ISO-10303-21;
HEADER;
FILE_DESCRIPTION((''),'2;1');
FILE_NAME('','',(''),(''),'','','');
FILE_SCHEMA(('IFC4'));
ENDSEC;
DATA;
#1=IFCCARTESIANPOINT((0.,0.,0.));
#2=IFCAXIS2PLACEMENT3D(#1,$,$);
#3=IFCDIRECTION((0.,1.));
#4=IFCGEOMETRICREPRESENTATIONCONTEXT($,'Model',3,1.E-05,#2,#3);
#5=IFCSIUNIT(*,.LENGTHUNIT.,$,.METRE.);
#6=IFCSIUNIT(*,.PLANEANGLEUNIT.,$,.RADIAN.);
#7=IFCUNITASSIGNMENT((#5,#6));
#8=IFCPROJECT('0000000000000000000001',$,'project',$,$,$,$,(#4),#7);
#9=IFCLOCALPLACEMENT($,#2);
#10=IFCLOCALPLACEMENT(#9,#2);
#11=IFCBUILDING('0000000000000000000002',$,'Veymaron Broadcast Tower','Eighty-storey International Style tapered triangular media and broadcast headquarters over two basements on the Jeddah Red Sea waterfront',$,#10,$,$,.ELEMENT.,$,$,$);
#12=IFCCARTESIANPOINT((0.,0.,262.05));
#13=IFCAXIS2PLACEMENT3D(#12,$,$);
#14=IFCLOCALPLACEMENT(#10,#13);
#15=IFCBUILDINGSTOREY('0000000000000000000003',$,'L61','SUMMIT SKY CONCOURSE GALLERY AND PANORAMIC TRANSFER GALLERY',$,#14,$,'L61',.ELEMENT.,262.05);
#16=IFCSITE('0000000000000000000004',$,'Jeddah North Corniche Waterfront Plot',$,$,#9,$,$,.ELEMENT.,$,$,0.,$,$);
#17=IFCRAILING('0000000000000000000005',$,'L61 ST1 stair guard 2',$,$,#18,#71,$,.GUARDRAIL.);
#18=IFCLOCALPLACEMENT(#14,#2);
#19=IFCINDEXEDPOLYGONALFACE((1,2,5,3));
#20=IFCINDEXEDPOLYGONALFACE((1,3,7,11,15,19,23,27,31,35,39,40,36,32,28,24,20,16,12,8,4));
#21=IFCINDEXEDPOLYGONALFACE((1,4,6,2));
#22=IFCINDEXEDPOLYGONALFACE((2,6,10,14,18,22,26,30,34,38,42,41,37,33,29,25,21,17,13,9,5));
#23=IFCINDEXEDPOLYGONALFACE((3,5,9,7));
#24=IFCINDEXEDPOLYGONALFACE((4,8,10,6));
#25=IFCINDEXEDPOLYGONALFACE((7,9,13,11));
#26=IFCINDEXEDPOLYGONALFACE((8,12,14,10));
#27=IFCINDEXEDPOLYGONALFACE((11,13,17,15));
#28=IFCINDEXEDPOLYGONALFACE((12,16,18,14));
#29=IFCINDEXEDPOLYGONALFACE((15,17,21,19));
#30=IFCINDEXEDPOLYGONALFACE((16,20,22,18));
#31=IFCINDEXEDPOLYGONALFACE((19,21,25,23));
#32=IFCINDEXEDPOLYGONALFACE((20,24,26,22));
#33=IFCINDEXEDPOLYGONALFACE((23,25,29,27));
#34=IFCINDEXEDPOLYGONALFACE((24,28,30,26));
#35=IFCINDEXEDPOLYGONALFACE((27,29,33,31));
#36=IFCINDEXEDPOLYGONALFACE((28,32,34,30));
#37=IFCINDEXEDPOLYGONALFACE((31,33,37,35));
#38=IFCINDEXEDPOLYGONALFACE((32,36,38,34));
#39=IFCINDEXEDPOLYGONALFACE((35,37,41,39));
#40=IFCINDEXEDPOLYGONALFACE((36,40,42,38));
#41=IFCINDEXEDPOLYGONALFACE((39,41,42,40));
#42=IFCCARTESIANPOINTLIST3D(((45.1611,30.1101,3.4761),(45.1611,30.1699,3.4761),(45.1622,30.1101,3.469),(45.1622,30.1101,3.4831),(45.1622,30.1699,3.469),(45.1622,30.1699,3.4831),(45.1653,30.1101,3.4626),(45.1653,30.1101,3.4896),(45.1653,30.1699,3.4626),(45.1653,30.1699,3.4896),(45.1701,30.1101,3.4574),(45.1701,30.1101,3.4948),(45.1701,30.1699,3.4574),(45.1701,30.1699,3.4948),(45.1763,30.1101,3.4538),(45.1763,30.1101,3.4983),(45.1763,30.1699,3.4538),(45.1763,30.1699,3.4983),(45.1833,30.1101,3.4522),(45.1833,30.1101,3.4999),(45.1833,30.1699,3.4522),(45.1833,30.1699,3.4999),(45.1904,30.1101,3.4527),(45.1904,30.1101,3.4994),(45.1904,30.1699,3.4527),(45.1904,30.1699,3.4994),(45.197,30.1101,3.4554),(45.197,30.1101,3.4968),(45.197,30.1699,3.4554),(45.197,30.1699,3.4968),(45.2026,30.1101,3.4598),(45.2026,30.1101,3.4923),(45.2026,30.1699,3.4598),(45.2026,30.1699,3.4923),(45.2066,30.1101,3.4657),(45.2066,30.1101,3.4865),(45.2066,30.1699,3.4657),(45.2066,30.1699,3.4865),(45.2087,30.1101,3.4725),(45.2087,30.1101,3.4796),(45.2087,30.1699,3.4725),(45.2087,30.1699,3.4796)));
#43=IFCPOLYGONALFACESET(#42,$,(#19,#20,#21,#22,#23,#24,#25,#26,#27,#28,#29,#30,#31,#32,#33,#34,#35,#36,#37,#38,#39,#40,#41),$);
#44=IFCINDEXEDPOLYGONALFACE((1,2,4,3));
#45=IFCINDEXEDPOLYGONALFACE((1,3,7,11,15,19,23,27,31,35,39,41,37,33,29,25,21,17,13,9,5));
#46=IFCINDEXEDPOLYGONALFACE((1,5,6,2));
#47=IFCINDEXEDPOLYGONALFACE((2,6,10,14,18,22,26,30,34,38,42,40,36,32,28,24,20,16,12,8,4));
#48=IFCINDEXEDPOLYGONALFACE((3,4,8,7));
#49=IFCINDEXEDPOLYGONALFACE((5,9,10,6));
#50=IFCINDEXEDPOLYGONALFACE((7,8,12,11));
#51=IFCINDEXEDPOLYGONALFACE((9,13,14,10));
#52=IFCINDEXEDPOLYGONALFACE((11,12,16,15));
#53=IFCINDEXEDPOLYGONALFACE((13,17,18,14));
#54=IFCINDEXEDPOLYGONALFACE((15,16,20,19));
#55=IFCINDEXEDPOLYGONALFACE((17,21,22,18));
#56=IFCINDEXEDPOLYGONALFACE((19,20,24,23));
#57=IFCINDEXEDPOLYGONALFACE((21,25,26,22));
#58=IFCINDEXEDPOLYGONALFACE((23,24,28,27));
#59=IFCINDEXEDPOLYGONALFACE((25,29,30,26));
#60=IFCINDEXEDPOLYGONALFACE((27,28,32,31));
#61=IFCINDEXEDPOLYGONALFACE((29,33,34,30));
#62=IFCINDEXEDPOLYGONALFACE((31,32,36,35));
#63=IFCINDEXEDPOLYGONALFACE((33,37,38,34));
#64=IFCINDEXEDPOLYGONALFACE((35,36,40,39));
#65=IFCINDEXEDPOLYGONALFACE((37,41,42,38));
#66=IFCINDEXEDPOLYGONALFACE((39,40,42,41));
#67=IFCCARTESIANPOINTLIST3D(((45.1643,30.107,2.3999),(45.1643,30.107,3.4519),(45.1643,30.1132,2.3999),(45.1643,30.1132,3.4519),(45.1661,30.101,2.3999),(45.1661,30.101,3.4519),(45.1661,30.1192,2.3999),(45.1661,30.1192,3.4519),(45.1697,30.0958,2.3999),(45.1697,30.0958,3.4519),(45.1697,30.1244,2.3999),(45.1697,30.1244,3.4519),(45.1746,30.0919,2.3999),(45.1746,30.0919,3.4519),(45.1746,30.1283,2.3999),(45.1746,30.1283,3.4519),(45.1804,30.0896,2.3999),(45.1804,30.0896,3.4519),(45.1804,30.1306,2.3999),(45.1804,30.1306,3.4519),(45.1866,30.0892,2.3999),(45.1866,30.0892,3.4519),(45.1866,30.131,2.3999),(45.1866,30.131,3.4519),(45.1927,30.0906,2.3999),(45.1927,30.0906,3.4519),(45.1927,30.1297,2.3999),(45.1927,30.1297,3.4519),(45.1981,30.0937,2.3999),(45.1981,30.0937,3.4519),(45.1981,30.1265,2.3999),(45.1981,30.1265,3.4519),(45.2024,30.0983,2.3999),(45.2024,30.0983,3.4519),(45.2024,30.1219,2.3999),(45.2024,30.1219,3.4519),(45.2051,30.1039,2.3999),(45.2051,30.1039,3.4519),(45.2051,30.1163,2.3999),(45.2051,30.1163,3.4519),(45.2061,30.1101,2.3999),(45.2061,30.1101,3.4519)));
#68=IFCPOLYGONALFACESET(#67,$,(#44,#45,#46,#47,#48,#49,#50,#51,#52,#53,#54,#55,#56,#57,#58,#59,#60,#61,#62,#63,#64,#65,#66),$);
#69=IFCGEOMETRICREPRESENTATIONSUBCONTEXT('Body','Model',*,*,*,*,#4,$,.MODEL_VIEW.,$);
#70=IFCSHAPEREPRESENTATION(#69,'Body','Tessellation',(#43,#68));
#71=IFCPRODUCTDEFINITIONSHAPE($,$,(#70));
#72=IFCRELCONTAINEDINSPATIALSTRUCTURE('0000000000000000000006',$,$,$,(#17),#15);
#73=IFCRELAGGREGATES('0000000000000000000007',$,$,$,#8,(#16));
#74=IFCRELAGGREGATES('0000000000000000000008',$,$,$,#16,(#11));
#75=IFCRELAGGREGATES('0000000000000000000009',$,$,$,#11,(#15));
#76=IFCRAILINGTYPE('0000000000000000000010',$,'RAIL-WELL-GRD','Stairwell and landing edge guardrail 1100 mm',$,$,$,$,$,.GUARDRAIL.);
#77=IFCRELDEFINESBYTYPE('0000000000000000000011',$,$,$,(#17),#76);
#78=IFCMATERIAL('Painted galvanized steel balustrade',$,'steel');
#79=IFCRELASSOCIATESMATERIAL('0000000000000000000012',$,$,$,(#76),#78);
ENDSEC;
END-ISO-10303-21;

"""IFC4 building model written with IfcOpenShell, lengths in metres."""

from ifc_helpers import new_model, si_unit, direction, frame, origin, origin_2d, place, context, subcontext, project, spatial, circle, extrude, material, type_object, element, save


model = new_model("IFC4")

# Units and contexts
model_context = context("Model", 3, precision=1e-05, world=origin(), true_north=direction((0.0, 1.0)))
body_context = subcontext(model_context, "Body", "Model", "MODEL_VIEW")
ifc_project = project(units=[si_unit("LENGTHUNIT", "METRE"), si_unit("PLANEANGLEUNIT", "RADIAN")], contexts=[model_context])

# Site, building, storey
site_placement = place(None, origin())
site = spatial("IfcSite", under=ifc_project, at=site_placement, Name="Jeddah North Corniche Waterfront Plot", CompositionType="ELEMENT", RefElevation=0.0)
building_placement = place(site_placement, origin())
building = spatial("IfcBuilding", under=site, at=building_placement, Name="Veymaron Broadcast Tower", Description="Eighty-storey International Style tapered triangular media and broadcast headquarters over two basements on the Jeddah Red Sea waterfront", CompositionType="ELEMENT")
storey_placement = place(building_placement, frame((0.0, 0.0, 262.05)))
storey = spatial("IfcBuildingStorey", under=building, at=storey_placement, Name="L61", Description="SUMMIT SKY CONCOURSE GALLERY AND PANORAMIC TRANSFER GALLERY", LongName="L61", CompositionType="ELEMENT", Elevation=262.05)

# Railing
ifc_material_1 = material(Name="Painted galvanized steel balustrade", Category="steel")
railing_type_1 = type_object("IfcRailingType", Name="RAIL-WELL-GRD", Description="Stairwell and landing edge guardrail 1100 mm", PredefinedType="GUARDRAIL", material=ifc_material_1)
railing_1_placement = place(storey_placement, frame((45.1851, 30.1101, 2.3999)))
element("IfcRailing", 1, at=railing_1_placement, inside=storey, type_object=railing_type_1, Name="L61 ST1 stair guard 2", PredefinedType="GUARDRAIL", context=body_context, shape_type="SweptSolid", body=[
    extrude(circle(Radius=0.0239, at=origin_2d()), frame((0.0, 0.0, 1.0762), z_axis=(0.0, 1.0, 0.0), x_axis=(-1.0, 0.0, 0.0)), (0.0, 0.0, 1.0), 0.0598),
    extrude(circle(Radius=0.021, at=origin_2d()), origin(), (0.0, 0.0, 1.0), 1.052),
])

save(model, "model.ifc")
